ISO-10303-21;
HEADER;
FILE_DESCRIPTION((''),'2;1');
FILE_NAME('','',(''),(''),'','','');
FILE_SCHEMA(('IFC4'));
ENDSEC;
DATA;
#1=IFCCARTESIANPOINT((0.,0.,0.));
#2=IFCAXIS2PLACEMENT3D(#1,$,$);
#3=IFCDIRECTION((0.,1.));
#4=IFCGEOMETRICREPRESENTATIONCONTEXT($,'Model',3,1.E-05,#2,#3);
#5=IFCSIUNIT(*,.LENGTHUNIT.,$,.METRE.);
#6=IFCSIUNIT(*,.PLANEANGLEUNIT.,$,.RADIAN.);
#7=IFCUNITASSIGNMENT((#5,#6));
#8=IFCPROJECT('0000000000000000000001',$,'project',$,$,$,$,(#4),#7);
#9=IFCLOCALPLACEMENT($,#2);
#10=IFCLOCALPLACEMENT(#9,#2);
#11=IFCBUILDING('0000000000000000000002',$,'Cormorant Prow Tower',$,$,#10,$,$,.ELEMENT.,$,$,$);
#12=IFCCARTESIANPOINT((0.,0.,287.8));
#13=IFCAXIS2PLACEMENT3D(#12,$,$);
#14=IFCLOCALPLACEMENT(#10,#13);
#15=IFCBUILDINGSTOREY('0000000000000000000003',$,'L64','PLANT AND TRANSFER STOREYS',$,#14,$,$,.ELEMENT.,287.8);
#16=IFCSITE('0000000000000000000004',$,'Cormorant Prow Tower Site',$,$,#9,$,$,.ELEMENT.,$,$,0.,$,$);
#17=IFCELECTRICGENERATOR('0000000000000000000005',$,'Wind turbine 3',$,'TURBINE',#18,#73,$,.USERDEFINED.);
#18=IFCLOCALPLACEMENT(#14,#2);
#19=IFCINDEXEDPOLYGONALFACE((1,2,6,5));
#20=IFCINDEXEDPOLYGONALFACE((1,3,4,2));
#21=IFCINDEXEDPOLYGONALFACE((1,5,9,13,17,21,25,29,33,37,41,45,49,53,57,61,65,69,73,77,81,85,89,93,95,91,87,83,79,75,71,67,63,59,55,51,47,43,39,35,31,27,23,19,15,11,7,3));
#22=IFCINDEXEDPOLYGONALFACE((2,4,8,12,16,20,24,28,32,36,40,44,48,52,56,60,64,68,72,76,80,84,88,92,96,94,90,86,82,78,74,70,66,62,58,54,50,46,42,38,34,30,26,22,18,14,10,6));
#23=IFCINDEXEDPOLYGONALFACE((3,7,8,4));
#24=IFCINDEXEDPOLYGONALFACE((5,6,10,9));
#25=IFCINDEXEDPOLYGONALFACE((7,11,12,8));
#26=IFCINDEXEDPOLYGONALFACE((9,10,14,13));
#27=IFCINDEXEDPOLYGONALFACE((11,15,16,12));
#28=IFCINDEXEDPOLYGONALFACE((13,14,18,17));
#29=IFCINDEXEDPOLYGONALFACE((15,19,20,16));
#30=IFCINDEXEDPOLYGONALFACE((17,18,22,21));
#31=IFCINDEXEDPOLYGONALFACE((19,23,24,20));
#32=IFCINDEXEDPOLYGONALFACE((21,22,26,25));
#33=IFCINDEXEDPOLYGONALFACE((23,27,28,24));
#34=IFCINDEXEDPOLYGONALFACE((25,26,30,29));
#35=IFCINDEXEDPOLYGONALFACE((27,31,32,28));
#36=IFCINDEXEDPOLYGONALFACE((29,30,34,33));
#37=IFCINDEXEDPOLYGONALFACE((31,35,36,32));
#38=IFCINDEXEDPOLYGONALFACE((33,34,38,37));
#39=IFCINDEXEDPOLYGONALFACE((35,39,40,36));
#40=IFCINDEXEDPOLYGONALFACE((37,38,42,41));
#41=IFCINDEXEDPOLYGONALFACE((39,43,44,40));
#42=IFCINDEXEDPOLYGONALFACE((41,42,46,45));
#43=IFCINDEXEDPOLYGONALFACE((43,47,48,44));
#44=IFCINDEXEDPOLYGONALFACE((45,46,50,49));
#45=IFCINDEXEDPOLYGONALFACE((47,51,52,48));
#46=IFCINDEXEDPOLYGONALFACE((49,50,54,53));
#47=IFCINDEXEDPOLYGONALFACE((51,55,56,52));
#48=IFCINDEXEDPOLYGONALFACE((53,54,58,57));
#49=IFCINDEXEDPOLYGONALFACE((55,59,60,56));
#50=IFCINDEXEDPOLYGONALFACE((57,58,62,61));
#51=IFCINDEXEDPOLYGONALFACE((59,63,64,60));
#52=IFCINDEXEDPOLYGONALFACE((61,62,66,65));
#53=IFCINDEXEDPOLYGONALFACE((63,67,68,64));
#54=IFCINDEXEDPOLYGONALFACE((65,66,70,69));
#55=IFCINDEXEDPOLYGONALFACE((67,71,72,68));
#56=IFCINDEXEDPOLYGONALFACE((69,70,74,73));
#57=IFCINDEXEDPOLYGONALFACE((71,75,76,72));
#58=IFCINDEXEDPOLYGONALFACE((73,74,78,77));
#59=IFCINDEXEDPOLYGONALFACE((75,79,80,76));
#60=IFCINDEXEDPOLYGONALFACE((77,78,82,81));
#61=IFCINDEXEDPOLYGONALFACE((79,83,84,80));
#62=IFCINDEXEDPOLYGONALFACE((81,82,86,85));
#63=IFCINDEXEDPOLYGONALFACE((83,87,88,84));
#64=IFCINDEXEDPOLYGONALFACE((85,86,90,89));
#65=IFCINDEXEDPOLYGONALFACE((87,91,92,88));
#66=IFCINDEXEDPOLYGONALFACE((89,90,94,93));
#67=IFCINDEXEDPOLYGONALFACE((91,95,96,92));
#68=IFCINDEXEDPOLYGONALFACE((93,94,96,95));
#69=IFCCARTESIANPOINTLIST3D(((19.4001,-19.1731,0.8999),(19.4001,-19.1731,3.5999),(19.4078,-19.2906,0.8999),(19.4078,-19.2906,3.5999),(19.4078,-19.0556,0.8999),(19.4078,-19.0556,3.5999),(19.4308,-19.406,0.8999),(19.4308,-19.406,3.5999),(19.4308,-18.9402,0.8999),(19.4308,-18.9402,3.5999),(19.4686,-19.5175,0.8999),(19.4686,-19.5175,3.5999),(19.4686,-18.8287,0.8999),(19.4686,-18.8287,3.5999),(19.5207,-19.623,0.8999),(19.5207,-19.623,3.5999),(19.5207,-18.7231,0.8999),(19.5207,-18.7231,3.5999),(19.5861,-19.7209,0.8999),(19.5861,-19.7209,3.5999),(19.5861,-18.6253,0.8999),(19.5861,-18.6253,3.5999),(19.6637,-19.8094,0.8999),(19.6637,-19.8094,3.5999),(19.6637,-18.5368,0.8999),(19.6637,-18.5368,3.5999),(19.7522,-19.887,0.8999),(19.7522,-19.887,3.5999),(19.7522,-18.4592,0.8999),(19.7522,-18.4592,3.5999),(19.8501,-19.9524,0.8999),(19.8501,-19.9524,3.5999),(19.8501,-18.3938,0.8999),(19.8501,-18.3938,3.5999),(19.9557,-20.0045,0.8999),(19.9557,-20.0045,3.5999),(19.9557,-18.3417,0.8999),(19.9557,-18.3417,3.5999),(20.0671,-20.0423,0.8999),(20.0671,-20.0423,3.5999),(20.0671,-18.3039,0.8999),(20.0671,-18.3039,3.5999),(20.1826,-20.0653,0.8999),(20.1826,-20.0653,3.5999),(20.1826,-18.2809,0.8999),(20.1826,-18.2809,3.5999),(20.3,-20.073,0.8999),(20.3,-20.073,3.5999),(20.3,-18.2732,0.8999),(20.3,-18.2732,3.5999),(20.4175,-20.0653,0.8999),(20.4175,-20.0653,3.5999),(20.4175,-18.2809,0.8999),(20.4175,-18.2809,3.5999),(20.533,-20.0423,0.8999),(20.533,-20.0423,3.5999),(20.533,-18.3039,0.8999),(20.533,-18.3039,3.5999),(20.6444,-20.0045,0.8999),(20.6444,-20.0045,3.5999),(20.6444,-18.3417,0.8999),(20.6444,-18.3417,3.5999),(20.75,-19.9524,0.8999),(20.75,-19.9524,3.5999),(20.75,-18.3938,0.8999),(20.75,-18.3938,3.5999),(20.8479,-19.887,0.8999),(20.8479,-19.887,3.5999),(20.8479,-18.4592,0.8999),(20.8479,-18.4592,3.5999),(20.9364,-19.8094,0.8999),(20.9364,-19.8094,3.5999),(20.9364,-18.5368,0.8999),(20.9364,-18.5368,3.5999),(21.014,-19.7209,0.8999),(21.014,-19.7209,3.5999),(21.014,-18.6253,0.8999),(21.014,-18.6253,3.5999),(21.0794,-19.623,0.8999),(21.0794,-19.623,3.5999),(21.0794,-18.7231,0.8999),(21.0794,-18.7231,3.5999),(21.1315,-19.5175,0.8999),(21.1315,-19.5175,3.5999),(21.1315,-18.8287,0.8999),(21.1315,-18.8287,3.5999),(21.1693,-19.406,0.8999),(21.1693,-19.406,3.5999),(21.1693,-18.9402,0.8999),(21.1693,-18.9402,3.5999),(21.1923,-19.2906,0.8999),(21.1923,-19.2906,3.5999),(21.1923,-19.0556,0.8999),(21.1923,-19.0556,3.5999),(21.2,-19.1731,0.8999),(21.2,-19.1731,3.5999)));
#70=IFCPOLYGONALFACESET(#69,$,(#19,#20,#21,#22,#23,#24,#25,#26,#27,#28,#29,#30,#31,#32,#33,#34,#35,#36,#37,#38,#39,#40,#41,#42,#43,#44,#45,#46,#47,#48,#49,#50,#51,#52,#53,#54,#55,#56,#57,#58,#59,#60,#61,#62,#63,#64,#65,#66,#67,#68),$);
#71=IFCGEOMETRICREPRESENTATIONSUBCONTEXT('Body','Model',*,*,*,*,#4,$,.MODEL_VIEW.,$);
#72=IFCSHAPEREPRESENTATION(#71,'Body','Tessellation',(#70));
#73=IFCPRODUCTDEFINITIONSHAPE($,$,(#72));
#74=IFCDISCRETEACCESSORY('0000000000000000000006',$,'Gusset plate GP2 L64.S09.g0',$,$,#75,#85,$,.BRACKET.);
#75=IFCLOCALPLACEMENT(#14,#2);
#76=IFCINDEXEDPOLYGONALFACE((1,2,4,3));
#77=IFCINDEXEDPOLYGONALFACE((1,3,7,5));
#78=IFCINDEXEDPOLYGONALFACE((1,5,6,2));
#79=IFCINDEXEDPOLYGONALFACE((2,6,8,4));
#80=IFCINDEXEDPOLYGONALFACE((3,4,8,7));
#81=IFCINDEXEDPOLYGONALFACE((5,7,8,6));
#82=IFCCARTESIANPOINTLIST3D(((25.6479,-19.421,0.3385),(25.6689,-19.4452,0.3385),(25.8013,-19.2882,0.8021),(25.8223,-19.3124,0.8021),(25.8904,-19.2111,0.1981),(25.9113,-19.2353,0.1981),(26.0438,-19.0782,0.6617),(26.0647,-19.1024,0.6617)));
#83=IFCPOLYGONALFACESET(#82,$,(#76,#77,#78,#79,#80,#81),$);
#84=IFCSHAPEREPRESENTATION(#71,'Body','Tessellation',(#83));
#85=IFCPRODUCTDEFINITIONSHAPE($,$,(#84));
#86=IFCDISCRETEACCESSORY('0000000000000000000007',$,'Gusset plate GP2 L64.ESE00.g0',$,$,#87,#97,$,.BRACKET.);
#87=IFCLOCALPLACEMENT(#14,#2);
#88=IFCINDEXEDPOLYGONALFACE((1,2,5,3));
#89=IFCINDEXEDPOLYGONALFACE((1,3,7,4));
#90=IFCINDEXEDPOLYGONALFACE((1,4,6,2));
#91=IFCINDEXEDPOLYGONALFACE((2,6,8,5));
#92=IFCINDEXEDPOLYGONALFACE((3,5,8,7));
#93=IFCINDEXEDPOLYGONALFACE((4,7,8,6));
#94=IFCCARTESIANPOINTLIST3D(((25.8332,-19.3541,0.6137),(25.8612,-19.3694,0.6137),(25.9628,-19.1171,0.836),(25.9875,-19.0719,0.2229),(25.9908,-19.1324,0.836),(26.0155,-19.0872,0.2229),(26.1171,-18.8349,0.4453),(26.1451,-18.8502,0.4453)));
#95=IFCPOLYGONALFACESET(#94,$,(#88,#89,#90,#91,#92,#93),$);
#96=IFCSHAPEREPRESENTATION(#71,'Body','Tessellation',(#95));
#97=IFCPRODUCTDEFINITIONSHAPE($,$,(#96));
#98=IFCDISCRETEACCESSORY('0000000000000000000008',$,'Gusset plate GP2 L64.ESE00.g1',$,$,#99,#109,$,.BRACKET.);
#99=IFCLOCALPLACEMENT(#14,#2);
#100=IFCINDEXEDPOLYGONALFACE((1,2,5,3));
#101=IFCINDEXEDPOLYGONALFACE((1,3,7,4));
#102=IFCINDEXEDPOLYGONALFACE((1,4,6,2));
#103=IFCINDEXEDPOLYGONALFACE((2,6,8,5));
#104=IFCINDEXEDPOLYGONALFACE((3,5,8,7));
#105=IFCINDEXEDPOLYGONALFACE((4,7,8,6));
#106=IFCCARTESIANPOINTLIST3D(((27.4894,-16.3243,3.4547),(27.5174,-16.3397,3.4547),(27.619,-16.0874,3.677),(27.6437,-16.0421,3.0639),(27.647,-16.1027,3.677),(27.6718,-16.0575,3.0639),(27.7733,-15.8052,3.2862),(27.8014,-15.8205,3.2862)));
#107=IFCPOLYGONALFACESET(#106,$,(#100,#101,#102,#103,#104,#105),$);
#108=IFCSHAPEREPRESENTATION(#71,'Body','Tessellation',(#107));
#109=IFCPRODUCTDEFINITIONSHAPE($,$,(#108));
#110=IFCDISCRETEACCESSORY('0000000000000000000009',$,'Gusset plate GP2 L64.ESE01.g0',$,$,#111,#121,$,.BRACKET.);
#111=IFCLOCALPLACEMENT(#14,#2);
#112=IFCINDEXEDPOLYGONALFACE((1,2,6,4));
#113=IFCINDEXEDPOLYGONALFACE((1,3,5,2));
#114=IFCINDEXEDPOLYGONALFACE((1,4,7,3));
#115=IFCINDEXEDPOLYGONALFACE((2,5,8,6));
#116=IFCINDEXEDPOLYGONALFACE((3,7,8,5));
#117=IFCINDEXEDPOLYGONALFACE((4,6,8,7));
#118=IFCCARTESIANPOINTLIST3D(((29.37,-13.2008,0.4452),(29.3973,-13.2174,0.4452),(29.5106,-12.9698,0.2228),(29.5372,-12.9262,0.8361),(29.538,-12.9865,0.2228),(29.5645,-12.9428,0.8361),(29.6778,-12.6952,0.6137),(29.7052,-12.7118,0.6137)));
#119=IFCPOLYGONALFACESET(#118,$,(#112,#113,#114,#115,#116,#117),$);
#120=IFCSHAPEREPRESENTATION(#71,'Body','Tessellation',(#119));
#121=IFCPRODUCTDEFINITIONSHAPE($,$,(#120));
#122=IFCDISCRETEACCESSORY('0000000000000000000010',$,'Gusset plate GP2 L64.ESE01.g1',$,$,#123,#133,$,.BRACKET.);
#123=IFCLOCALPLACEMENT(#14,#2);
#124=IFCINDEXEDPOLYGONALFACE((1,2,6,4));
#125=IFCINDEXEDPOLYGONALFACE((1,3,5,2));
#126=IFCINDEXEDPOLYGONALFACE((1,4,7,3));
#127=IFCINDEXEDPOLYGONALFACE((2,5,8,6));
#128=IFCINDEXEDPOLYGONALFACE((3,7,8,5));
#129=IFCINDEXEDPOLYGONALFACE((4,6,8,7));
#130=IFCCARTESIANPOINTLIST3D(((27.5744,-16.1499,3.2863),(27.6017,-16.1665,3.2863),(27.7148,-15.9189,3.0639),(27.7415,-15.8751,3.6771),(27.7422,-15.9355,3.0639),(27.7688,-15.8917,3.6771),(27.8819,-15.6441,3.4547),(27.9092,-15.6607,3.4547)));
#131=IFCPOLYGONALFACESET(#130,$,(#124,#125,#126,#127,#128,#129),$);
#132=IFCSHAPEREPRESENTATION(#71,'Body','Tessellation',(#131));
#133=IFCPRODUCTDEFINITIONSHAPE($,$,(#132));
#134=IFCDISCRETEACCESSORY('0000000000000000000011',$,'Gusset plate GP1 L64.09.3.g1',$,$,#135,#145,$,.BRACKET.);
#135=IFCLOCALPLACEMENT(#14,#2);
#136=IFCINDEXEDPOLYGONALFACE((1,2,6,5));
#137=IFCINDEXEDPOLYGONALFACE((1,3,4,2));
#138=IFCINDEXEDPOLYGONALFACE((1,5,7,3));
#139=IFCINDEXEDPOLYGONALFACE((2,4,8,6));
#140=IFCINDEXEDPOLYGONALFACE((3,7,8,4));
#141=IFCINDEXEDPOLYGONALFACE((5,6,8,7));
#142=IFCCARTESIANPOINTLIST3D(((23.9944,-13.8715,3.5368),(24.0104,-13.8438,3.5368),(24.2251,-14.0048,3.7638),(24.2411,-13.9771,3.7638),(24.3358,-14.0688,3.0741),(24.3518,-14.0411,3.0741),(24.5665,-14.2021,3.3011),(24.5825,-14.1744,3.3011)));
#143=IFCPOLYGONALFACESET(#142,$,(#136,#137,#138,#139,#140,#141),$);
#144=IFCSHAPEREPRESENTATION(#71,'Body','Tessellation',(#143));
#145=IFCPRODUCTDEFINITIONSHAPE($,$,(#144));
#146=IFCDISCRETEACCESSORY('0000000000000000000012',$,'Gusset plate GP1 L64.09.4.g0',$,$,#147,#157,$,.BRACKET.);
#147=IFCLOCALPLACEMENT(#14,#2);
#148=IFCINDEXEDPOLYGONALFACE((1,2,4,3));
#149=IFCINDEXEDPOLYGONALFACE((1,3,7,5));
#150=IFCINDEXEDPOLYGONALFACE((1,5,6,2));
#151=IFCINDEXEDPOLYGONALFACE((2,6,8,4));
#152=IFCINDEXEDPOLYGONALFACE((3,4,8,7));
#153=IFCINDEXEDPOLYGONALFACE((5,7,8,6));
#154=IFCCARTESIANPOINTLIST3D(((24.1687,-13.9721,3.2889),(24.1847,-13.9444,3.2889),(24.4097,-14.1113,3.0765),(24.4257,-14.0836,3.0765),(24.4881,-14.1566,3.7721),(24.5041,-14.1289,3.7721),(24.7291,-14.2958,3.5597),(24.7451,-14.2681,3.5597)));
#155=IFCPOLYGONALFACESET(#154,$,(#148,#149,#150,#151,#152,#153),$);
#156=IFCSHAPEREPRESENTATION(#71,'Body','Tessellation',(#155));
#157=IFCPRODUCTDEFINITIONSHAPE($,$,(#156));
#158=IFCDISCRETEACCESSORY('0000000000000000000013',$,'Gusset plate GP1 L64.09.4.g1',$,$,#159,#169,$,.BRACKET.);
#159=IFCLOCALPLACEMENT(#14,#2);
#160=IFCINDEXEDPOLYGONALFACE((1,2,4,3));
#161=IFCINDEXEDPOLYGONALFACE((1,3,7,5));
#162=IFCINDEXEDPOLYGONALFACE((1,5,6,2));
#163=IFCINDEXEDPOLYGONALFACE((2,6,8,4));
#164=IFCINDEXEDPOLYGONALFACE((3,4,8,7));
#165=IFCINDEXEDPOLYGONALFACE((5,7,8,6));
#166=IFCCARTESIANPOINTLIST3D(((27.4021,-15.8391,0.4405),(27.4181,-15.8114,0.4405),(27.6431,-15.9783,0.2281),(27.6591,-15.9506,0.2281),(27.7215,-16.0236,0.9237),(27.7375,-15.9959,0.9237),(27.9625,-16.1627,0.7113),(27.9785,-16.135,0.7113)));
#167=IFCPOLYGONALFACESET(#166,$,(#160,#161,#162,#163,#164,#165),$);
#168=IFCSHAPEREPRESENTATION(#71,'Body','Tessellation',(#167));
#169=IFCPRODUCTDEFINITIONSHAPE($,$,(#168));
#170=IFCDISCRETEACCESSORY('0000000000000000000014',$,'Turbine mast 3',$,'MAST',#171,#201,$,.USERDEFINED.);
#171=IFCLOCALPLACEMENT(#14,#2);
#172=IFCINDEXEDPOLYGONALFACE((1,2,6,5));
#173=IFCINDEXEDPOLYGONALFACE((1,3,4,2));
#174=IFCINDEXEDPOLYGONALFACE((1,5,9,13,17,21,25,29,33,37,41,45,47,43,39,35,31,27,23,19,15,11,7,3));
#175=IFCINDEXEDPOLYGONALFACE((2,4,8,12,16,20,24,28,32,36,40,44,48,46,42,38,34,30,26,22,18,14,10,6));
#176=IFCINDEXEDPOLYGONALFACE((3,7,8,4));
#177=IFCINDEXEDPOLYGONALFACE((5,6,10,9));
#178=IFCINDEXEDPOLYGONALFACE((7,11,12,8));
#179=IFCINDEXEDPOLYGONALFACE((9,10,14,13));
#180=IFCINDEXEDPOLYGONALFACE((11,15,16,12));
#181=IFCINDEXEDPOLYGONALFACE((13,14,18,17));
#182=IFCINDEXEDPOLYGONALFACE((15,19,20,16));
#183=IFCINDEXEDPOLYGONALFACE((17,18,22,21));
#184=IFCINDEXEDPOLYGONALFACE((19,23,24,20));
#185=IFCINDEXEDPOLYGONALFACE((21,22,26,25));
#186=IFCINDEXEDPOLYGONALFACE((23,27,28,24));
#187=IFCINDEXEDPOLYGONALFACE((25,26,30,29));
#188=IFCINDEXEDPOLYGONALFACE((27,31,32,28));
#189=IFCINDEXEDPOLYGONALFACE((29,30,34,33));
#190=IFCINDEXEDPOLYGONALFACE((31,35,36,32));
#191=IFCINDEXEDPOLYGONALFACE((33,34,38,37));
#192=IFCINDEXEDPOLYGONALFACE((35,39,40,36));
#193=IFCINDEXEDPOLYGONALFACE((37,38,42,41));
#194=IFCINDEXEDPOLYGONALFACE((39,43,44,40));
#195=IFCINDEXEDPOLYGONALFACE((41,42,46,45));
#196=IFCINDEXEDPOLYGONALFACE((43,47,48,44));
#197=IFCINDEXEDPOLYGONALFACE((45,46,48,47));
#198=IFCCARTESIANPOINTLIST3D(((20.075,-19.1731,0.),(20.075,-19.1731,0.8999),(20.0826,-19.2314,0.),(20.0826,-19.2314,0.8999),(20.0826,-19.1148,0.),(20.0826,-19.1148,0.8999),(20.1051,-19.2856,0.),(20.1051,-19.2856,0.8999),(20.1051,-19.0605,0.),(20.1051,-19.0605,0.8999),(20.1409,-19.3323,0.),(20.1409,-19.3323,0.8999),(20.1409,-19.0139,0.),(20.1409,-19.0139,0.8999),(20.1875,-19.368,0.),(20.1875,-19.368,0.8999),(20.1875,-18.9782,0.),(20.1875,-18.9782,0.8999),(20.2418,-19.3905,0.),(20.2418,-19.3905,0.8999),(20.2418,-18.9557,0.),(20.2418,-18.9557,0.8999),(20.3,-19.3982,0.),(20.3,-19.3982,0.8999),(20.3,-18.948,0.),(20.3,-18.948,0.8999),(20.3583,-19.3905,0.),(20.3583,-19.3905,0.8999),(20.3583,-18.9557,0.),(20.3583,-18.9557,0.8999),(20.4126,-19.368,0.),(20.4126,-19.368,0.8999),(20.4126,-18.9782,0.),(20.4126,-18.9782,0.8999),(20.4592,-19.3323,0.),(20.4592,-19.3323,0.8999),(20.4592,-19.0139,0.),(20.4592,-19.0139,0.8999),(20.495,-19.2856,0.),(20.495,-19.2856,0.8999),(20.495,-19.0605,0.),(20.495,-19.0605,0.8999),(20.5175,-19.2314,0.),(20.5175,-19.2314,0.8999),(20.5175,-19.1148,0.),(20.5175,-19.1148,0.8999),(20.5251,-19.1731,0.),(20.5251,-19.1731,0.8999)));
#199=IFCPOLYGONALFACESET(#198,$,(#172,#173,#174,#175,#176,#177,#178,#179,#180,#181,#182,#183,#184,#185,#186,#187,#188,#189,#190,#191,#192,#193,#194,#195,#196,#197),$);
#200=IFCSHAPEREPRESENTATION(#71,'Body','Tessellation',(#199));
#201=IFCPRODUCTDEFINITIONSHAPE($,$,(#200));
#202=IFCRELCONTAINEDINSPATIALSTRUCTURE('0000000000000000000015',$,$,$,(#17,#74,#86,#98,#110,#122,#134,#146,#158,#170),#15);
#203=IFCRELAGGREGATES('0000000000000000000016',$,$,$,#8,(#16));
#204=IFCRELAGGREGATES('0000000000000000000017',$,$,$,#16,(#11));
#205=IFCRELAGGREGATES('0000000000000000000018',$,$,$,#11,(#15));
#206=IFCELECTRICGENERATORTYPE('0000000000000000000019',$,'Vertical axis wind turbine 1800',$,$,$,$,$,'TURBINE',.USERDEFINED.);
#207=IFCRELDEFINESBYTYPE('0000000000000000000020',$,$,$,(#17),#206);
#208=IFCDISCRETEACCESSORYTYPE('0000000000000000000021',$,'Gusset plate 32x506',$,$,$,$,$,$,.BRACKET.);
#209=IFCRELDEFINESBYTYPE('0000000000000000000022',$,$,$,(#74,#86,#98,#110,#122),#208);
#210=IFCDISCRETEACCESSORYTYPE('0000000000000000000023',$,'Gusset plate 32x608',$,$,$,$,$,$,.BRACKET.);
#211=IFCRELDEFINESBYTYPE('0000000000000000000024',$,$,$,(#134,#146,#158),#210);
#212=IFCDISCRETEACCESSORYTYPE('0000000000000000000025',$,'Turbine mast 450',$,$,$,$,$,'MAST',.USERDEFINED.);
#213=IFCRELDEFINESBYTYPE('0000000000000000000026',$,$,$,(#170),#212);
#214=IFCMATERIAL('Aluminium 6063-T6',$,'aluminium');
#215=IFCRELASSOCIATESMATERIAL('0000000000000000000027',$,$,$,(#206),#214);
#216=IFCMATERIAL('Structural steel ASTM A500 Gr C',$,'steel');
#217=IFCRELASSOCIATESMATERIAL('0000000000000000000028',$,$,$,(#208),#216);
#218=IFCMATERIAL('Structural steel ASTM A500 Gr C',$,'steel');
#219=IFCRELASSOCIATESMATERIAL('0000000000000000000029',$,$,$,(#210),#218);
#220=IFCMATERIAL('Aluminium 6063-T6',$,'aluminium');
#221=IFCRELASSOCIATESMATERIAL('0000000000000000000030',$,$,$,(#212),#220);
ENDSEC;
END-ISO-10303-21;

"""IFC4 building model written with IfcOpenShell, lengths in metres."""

from ifc_helpers import new_model, si_unit, direction, frame, origin, origin_2d, place, context, subcontext, project, spatial, rectangle, circle, extrude, material, material_profile, profile_set, type_object, element, save


model = new_model("IFC4")

# Units and contexts
model_context = context("Model", 3, precision=1e-05, world=origin(), true_north=direction((0.0, 1.0)))
body_context = subcontext(model_context, "Body", "Model", "MODEL_VIEW")
ifc_project = project(units=[si_unit("LENGTHUNIT", "METRE"), si_unit("PLANEANGLEUNIT", "RADIAN")], contexts=[model_context])

# Site, building, storey
site_placement = place(None, origin())
site = spatial("IfcSite", under=ifc_project, at=site_placement, Name="Cormorant Prow Tower Site", CompositionType="ELEMENT", RefElevation=0.0)
building_placement = place(site_placement, origin())
building = spatial("IfcBuilding", under=site, at=building_placement, Name="Cormorant Prow Tower", CompositionType="ELEMENT")
storey_placement = place(building_placement, frame((0.0, 0.0, 287.8)))
storey = spatial("IfcBuildingStorey", under=building, at=storey_placement, Name="L64", Description="PLANT AND TRANSFER STOREYS", CompositionType="ELEMENT", Elevation=287.8)

# Electric generator
ifc_material_1 = material(Name="Aluminium 6063-T6", Category="aluminium")
ifc_material_profile_1 = material_profile(ifc_material_1, circle(Radius=0.8999, at=origin_2d()), Name="Vertical axis wind turbine 1800")
ifc_profile_set_1 = profile_set([ifc_material_profile_1], Name="Aluminium 6063-T6")
electric_generator_type = type_object("IfcElectricGeneratorType", Name="Vertical axis wind turbine 1800", ElementType="TURBINE", PredefinedType="USERDEFINED", material=ifc_profile_set_1)
electric_generator_placement = place(storey_placement, frame((20.3, -19.1731, 0.8999), z_axis=(0.0, 0.0, 1.0), x_axis=(1.0, 0.0, 0.0)))
element("IfcElectricGenerator", 1, at=electric_generator_placement, inside=storey, type_object=electric_generator_type, Name="Wind turbine 3", ObjectType="TURBINE", PredefinedType="USERDEFINED", context=body_context, shape_type="SweptSolid", body=[
    extrude(circle(Radius=0.8999, at=origin_2d()), origin(), (0.0, 0.0, 1.0), 2.7),
])

# Discrete accessories
ifc_material_2 = material(Name="Structural steel ASTM A500 Gr C", Category="steel")
ifc_material_profile_2 = material_profile(ifc_material_2, rectangle(XDim=0.032, YDim=0.5061, at=origin_2d()), Name="Gusset plate 32x506")
ifc_profile_set_2 = profile_set([ifc_material_profile_2], Name="Structural steel ASTM A500 Gr C")
discrete_accessory_type_1 = type_object("IfcDiscreteAccessoryType", Name="Gusset plate 32x506", PredefinedType="BRACKET", material=ifc_profile_set_2)
discrete_accessory_1_placement = place(storey_placement, frame((25.7351, -19.3667, 0.5703), z_axis=(0.692482, 0.599733, -0.400984), x_axis=(-0.65467, 0.755915, 0.0)))
element("IfcDiscreteAccessory", 2, at=discrete_accessory_1_placement, inside=storey, type_object=discrete_accessory_type_1, Name="Gusset plate GP2 L64.S09.g0", PredefinedType="BRACKET", context=body_context, shape_type="SweptSolid", body=[
    extrude(rectangle(XDim=0.032, YDim=0.5061, at=origin_2d()), origin(), (0.0, 0.0, 1.0), 0.3501),
])
for number, where, z_axis, x_axis, name in (
    (3, (26.054, -18.9836, 0.6406), (-0.37044, -0.677396, -0.635538), (0.877377, -0.479801, 0.0), "Gusset plate GP2 L64.ESE00.g0"),
    (4, (27.5806, -16.1909, 3.2593), (0.37044, 0.677396, 0.635538), (-0.877377, 0.479801, 0.0), "Gusset plate GP2 L64.ESE00.g1"),
):
    element("IfcDiscreteAccessory", number, at=place(storey_placement, frame(where, z_axis=z_axis, x_axis=x_axis)), inside=storey, type_object=discrete_accessory_type_1, Name=name, PredefinedType="BRACKET", context=body_context, shape_type="SweptSolid", body=[
        extrude(rectangle(XDim=0.032, YDim=0.5061, at=origin_2d()), origin(), (0.0, 0.0, 1.0), 0.3499),
    ])
for number, where, z_axis, x_axis, name in (
    (5, (29.4673, -13.0718, 0.6406), (0.401649, 0.659652, -0.635246), (-0.854129, 0.520062, 0.0), "Gusset plate GP2 L64.ESE01.g0"),
    (6, (27.812, -15.7898, 3.2593), (-0.401063, -0.659837, 0.635424), (0.85453, -0.519402, 0.0), "Gusset plate GP2 L64.ESE01.g1"),
):
    element("IfcDiscreteAccessory", number, at=place(storey_placement, frame(where, z_axis=z_axis, x_axis=x_axis)), inside=storey, type_object=discrete_accessory_type_1, Name=name, PredefinedType="BRACKET", context=body_context, shape_type="SweptSolid", body=[
        extrude(rectangle(XDim=0.032, YDim=0.5061, at=origin_2d()), origin(), (0.0, 0.0, 1.0), 0.3501),
    ])
ifc_material_3 = material(Name="Structural steel ASTM A500 Gr C", Category="steel")
ifc_material_profile_3 = material_profile(ifc_material_3, rectangle(XDim=0.032, YDim=0.6079, at=origin_2d()), Name="Gusset plate 32x608")
ifc_profile_set_3 = profile_set([ifc_material_profile_3], Name="Structural steel ASTM A500 Gr C")
discrete_accessory_type_2 = type_object("IfcDiscreteAccessoryType", Name="Gusset plate 32x608", PredefinedType="BRACKET", material=ifc_profile_set_3)
for number, where, z_axis, x_axis, name in (
    (7, (24.1731, -13.9563, 3.3054), (0.659046, -0.380782, 0.648585), (0.500278, 0.865865, 0.0), "Gusset plate GP1 L64.09.3.g1"),
    (8, (24.5774, -14.1897, 3.3181), (-0.688349, 0.397527, 0.606752), (-0.500102, -0.865966, 0.0), "Gusset plate GP1 L64.09.4.g0"),
    (9, (27.5698, -15.9175, 0.6821), (0.688349, -0.397527, -0.606752), (0.500102, 0.865966, 0.0), "Gusset plate GP1 L64.09.4.g1"),
):
    element("IfcDiscreteAccessory", number, at=place(storey_placement, frame(where, z_axis=z_axis, x_axis=x_axis)), inside=storey, type_object=discrete_accessory_type_2, Name=name, PredefinedType="BRACKET", context=body_context, shape_type="SweptSolid", body=[
        extrude(rectangle(XDim=0.032, YDim=0.6079, at=origin_2d()), origin(), (0.0, 0.0, 1.0), 0.3501),
    ])
ifc_material_4 = material(Name="Aluminium 6063-T6", Category="aluminium")
ifc_material_profile_4 = material_profile(ifc_material_4, circle(Radius=0.2251, at=origin_2d()), Name="Turbine mast 450")
ifc_profile_set_4 = profile_set([ifc_material_profile_4], Name="Aluminium 6063-T6")
discrete_accessory_type_3 = type_object("IfcDiscreteAccessoryType", Name="Turbine mast 450", ElementType="MAST", PredefinedType="USERDEFINED", material=ifc_profile_set_4)
discrete_accessory_2_placement = place(storey_placement, frame((20.3, -19.1731, 0.0), z_axis=(0.0, 0.0, 1.0), x_axis=(1.0, 0.0, 0.0)))
element("IfcDiscreteAccessory", 10, at=discrete_accessory_2_placement, inside=storey, type_object=discrete_accessory_type_3, Name="Turbine mast 3", ObjectType="MAST", PredefinedType="USERDEFINED", context=body_context, shape_type="SweptSolid", body=[
    extrude(circle(Radius=0.2251, at=origin_2d()), origin(), (0.0, 0.0, 1.0), 0.8999),
])

save(model, "model.ifc")
